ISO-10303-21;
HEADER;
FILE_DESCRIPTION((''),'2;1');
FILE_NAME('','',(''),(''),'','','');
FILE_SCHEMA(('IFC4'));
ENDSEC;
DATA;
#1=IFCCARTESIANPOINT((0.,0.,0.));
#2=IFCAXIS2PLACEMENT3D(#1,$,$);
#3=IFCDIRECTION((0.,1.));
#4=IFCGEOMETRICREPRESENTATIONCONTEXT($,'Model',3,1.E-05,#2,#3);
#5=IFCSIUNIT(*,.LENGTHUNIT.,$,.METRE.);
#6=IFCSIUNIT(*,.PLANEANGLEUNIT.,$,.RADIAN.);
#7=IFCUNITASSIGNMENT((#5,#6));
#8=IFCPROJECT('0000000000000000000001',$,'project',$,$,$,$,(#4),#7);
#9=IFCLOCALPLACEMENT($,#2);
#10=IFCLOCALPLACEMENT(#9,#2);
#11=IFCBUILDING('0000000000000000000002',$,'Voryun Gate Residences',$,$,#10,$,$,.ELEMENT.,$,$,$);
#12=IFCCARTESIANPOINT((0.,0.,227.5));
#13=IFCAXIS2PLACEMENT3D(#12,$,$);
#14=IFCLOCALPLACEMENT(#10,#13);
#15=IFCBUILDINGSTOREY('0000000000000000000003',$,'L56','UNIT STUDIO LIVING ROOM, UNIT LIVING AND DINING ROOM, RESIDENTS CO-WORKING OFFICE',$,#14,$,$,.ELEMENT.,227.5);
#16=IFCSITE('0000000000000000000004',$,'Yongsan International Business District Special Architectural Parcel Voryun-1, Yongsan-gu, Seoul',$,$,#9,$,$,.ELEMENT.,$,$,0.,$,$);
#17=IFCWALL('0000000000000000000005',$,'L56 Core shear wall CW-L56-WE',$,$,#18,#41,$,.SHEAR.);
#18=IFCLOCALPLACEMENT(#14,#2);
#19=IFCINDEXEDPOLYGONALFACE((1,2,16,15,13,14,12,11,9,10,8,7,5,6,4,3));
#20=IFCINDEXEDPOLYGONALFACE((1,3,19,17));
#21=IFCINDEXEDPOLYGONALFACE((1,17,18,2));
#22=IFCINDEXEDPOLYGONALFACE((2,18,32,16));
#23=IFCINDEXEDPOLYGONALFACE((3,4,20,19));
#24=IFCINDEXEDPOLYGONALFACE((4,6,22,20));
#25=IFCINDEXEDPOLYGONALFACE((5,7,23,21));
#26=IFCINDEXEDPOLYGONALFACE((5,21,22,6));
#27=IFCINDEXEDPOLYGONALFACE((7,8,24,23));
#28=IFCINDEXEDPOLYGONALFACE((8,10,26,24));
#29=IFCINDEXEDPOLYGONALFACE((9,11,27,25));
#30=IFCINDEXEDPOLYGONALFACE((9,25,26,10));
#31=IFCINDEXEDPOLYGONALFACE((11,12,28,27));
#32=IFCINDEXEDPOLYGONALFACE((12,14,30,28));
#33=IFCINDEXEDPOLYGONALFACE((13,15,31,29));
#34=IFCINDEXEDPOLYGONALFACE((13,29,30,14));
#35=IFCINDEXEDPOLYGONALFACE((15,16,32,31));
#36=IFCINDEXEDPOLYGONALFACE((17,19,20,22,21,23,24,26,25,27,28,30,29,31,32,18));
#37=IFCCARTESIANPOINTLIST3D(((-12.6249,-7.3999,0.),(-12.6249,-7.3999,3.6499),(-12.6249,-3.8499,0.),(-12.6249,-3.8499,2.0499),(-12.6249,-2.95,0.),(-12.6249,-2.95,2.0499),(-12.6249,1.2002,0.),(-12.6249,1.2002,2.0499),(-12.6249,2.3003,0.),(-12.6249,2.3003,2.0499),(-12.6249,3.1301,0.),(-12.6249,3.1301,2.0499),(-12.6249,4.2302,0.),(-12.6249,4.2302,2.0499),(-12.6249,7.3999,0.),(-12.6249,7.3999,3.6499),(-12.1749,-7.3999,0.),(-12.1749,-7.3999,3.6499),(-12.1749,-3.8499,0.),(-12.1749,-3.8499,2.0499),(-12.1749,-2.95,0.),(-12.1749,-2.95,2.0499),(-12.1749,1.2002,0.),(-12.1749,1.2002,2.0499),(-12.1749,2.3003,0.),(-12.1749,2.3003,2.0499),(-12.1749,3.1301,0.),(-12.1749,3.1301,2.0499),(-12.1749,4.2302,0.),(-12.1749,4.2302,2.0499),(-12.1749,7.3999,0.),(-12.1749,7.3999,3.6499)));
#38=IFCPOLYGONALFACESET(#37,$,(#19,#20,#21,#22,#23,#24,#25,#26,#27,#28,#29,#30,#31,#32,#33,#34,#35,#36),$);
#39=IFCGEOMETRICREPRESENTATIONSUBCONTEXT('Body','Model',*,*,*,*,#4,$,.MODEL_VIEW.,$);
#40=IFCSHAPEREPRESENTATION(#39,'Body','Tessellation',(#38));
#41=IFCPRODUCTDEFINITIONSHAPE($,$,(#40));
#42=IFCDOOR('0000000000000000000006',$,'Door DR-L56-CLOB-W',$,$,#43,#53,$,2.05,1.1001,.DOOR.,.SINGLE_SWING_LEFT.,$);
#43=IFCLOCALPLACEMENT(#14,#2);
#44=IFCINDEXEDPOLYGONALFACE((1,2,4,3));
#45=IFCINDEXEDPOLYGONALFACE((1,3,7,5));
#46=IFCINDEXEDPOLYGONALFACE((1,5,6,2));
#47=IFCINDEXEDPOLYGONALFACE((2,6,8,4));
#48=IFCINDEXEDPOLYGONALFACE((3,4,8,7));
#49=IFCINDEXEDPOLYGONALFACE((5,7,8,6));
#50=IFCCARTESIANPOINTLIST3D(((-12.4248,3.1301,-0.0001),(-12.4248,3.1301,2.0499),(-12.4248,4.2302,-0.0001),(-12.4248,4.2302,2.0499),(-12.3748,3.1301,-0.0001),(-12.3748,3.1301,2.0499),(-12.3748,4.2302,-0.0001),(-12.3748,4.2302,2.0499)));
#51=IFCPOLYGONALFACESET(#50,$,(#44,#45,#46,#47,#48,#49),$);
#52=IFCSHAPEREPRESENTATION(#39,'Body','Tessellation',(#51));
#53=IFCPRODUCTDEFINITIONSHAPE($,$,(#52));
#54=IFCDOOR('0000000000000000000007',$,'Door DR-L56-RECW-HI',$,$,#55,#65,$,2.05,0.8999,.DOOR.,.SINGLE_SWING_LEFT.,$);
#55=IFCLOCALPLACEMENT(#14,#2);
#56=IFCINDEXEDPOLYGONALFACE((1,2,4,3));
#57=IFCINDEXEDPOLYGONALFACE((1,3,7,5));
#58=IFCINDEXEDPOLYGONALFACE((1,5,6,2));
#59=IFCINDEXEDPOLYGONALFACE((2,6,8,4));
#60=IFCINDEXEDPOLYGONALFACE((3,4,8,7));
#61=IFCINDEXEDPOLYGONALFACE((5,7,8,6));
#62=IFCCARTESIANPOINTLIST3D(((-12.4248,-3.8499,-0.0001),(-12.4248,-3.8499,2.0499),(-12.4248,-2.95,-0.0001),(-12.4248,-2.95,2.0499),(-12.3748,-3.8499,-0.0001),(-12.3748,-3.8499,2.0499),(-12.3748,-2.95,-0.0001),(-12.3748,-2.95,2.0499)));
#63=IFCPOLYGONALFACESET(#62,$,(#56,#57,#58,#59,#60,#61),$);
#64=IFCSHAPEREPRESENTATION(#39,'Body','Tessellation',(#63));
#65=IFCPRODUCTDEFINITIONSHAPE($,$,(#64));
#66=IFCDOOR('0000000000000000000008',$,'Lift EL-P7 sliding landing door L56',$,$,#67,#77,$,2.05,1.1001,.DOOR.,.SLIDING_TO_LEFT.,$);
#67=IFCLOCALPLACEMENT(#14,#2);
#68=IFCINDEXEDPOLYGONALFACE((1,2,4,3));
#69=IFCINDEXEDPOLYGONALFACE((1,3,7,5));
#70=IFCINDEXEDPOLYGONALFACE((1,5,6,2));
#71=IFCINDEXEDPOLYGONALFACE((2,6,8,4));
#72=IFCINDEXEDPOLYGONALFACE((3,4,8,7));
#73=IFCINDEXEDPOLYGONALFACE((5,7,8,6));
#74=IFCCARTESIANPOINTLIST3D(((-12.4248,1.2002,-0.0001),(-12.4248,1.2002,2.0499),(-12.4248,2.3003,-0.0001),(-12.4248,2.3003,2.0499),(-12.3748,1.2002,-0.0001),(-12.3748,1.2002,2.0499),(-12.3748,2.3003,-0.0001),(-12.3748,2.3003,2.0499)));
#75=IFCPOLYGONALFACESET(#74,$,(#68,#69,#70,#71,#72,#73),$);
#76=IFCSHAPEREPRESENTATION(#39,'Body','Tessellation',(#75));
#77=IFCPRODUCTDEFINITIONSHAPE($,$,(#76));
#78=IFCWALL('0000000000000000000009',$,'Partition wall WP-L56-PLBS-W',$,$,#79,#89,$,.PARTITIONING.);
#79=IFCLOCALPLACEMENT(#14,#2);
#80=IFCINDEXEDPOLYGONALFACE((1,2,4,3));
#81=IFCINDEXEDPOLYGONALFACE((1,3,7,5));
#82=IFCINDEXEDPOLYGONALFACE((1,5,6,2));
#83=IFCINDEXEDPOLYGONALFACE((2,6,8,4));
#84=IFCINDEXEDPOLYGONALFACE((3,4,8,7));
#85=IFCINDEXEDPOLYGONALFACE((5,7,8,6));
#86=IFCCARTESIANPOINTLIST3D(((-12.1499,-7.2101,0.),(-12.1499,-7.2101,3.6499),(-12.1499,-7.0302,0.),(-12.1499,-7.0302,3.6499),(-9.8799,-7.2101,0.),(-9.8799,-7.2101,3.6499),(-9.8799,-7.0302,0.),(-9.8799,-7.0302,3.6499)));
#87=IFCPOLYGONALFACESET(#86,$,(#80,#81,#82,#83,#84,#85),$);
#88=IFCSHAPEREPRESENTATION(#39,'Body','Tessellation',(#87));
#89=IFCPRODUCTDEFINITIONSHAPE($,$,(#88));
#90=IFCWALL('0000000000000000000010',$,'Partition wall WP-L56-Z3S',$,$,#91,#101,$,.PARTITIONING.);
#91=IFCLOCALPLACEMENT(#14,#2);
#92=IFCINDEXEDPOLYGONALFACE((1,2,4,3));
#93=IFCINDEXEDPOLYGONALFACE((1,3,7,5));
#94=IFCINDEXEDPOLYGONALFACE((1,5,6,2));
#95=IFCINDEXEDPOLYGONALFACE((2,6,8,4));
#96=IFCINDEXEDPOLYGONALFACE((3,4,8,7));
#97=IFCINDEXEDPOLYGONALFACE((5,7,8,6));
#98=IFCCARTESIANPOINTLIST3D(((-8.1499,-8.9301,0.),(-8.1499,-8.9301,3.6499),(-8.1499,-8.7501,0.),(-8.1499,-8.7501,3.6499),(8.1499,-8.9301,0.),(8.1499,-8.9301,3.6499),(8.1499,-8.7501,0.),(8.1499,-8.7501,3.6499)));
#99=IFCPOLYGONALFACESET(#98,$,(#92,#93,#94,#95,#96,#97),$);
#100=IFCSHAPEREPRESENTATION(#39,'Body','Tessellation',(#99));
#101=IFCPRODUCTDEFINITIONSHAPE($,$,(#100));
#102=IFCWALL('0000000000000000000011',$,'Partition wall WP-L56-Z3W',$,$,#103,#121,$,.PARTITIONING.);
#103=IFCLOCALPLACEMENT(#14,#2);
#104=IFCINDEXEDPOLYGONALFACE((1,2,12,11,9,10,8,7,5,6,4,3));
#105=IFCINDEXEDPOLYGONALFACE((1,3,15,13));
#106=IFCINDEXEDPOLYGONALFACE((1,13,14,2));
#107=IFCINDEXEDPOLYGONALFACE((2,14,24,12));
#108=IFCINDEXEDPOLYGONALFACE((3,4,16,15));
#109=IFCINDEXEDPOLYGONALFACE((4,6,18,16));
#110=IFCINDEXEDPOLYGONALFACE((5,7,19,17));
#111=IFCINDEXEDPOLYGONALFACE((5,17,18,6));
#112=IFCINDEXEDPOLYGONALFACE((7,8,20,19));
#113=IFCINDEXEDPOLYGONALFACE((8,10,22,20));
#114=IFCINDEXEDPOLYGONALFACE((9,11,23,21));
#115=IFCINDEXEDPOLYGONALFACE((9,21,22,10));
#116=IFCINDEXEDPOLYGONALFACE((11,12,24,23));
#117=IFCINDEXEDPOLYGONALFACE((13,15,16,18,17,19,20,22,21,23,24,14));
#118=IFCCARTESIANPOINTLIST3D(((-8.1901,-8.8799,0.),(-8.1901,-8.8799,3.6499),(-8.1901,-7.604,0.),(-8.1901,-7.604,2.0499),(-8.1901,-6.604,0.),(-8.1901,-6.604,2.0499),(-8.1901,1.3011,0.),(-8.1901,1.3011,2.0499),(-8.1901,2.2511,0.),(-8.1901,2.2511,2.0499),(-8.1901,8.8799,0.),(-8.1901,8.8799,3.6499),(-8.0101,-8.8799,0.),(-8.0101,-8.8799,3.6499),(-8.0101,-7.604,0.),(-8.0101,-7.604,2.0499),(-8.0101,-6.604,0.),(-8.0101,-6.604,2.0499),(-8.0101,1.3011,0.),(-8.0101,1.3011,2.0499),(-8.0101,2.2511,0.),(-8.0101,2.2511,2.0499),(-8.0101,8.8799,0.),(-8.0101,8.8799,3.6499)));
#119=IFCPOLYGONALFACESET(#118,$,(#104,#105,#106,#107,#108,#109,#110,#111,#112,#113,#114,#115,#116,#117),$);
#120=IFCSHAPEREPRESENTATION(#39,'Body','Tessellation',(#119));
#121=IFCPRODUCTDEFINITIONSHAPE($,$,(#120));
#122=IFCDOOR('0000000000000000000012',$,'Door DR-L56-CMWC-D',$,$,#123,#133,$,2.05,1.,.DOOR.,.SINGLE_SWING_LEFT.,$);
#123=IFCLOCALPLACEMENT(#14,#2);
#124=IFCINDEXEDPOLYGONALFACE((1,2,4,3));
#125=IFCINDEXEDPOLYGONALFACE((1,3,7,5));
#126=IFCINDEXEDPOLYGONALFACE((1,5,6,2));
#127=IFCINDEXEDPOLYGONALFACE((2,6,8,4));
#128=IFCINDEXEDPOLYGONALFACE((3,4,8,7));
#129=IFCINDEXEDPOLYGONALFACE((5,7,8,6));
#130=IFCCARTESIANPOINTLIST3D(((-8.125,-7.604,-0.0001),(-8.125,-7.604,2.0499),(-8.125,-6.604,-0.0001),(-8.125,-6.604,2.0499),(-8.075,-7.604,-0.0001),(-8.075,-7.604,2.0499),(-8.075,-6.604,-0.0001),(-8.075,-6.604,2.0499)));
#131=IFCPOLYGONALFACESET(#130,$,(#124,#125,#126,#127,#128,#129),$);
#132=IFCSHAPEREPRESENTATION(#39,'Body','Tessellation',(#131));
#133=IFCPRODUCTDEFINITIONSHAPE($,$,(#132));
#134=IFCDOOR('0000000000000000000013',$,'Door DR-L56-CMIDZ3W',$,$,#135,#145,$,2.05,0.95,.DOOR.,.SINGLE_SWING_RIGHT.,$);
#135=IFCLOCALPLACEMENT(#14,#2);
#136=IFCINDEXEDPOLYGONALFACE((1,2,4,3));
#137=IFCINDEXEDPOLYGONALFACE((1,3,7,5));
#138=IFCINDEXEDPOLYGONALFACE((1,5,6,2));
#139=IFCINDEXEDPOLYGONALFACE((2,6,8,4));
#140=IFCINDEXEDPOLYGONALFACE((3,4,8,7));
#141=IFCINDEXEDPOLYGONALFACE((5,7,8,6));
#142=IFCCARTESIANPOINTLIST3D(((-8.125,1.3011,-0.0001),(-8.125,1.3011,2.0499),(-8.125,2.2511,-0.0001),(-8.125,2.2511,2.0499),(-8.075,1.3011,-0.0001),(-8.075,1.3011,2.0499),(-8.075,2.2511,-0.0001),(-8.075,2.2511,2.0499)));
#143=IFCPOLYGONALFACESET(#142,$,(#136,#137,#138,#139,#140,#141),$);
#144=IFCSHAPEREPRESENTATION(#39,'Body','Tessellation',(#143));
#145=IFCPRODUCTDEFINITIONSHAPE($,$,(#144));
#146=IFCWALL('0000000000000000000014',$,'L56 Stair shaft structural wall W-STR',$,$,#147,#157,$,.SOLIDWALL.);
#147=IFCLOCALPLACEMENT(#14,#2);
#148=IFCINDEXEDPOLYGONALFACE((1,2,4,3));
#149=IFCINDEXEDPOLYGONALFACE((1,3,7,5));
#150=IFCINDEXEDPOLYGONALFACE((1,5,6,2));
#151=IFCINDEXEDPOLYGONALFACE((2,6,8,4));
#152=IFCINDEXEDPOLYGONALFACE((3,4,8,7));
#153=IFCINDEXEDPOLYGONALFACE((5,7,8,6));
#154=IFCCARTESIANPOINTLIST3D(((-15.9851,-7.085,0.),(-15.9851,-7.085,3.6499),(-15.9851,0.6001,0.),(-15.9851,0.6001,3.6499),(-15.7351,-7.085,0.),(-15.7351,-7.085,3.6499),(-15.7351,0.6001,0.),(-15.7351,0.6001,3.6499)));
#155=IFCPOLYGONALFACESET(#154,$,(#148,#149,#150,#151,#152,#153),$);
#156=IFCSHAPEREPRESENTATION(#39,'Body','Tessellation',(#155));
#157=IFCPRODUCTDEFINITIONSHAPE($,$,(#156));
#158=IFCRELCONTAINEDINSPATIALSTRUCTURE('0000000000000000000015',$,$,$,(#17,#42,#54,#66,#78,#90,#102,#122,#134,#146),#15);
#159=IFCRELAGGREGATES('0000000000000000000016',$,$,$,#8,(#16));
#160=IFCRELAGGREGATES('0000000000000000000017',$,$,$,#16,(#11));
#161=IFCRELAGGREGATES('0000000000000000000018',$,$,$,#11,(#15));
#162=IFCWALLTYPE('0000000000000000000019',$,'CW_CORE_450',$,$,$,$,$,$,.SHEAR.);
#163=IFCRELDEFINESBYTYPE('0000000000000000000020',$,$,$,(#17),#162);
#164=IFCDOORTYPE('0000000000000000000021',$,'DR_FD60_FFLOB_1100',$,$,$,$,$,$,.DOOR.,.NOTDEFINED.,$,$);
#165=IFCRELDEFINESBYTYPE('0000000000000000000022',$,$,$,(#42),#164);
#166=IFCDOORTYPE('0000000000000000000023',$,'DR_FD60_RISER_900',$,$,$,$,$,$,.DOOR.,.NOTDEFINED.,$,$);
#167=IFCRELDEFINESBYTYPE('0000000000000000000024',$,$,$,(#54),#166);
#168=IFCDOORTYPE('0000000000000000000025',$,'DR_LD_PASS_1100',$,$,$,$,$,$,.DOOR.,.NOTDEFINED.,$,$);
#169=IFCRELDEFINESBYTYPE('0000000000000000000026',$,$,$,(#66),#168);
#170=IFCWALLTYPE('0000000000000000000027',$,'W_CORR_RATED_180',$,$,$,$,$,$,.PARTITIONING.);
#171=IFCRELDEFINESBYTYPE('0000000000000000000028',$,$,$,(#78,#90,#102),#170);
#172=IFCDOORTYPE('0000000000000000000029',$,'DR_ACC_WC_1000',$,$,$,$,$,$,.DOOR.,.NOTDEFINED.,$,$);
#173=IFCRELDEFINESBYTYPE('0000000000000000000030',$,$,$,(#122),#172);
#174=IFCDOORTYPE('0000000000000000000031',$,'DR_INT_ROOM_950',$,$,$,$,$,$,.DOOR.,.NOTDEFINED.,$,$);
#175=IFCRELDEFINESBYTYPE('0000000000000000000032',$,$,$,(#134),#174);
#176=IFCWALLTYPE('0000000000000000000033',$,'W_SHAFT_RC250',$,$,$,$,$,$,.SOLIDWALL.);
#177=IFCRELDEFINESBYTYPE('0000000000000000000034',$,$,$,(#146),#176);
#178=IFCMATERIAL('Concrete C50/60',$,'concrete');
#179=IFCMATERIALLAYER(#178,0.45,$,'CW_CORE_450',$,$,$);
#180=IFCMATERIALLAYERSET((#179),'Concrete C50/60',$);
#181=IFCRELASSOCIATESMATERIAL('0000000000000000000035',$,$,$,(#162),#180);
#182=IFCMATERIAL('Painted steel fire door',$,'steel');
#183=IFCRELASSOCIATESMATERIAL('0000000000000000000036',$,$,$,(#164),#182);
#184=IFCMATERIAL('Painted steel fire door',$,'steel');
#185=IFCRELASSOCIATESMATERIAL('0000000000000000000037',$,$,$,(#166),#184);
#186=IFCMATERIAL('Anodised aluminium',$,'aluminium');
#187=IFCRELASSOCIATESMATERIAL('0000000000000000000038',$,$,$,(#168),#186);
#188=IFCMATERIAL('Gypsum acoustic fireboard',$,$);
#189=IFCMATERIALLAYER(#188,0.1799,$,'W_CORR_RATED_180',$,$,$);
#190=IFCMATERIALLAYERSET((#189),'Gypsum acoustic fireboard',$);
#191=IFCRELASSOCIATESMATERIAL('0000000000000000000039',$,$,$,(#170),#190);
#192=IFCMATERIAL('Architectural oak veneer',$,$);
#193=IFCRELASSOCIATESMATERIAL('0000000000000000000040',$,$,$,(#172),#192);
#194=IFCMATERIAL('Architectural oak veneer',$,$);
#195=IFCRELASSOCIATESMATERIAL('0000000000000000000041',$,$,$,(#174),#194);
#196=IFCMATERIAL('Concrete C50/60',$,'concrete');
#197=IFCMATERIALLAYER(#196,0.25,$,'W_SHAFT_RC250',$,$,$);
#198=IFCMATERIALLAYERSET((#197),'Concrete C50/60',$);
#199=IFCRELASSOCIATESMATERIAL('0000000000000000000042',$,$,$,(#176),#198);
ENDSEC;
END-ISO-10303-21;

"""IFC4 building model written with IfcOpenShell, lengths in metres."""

from ifc_helpers import new_model, si_unit, direction, frame, frame_2d, origin, place, context, subcontext, project, spatial, rectangle, extrude, material, layer, layer_set, type_object, element, fill, save


model = new_model("IFC4")

# Units and contexts
model_context = context("Model", 3, precision=1e-05, world=origin(), true_north=direction((0.0, 1.0)))
body_context = subcontext(model_context, "Body", "Model", "MODEL_VIEW")
ifc_project = project(units=[si_unit("LENGTHUNIT", "METRE"), si_unit("PLANEANGLEUNIT", "RADIAN")], contexts=[model_context])

# Site, building, storey
site_placement = place(None, origin())
site = spatial("IfcSite", under=ifc_project, at=site_placement, Name="Yongsan International Business District Special Architectural Parcel Voryun-1, Yongsan-gu, Seoul", CompositionType="ELEMENT", RefElevation=0.0)
building_placement = place(site_placement, origin())
building = spatial("IfcBuilding", under=site, at=building_placement, Name="Voryun Gate Residences", CompositionType="ELEMENT")
storey_placement = place(building_placement, frame((0.0, 0.0, 227.5)))
storey = spatial("IfcBuildingStorey", under=building, at=storey_placement, Name="L56", Description="UNIT STUDIO LIVING ROOM, UNIT LIVING AND DINING ROOM, RESIDENTS CO-WORKING OFFICE", CompositionType="ELEMENT", Elevation=227.5)

# Wall, openings, doors
ifc_material_1 = material(Name="Concrete C50/60", Category="concrete")
ifc_layer_1 = layer(ifc_material_1, 0.45, Name="CW_CORE_450")
ifc_layer_set_1 = layer_set([ifc_layer_1], Name="Concrete C50/60")
wall_type_1 = type_object("IfcWallType", Name="CW_CORE_450", PredefinedType="SHEAR", material=ifc_layer_set_1)
wall_1_placement = place(storey_placement, frame((-12.3999, -7.3999, 0.0), z_axis=(0.0, 0.0, 1.0), x_axis=(0.0, 1.0, 0.0)))
wall_1 = element("IfcWall", 1, at=wall_1_placement, inside=storey, type_object=wall_type_1, Name="L56 Core shear wall CW-L56-WE", PredefinedType="SHEAR", context=body_context, shape_type="SweptSolid", body=[
    extrude(rectangle(XDim=14.7998, YDim=0.45, at=frame_2d((7.3999, 0.0))), origin(), (0.0, 0.0, 1.0), 3.6499),
])
opening_1_placement = place(wall_1_placement, frame((8.6001, 0.0, 0.0)))
opening_1 = element("IfcOpeningElement", 2, at=opening_1_placement, cuts=wall_1, PredefinedType="OPENING", context=body_context, shape_type="SweptSolid", body=[
    extrude(rectangle(XDim=1.1001, YDim=2.05, at=frame_2d((0.55, 1.0249))), frame((0.0, 0.2351, 0.0), z_axis=(0.0, -1.0, 0.0), x_axis=(1.0, 0.0, 0.0)), (0.0, 0.0, 1.0), 0.47),
])
opening_2_placement = place(wall_1_placement, frame((10.53, 0.0, 0.0)))
opening_2 = element("IfcOpeningElement", 3, at=opening_2_placement, cuts=wall_1, PredefinedType="OPENING", context=body_context, shape_type="SweptSolid", body=[
    extrude(rectangle(XDim=1.1001, YDim=2.05, at=frame_2d((0.55, 1.0249))), frame((0.0, 0.2351, 0.0), z_axis=(0.0, -1.0, 0.0), x_axis=(1.0, 0.0, 0.0)), (0.0, 0.0, 1.0), 0.47),
])
opening_3_placement = place(wall_1_placement, frame((3.55, 0.0, 0.0)))
opening_3 = element("IfcOpeningElement", 4, at=opening_3_placement, cuts=wall_1, PredefinedType="OPENING", context=body_context, shape_type="SweptSolid", body=[
    extrude(rectangle(XDim=0.8999, YDim=2.05, at=frame_2d((0.45, 1.0249))), frame((0.0, 0.2351, 0.0), z_axis=(0.0, -1.0, 0.0), x_axis=(1.0, 0.0, 0.0)), (0.0, 0.0, 1.0), 0.47),
])
ifc_material_2 = material(Name="Painted steel fire door", Category="steel")
door_type_1 = type_object("IfcDoorType", Name="DR_FD60_FFLOB_1100", OperationType="NOTDEFINED", PredefinedType="DOOR", material=ifc_material_2)
door_1_placement = place(opening_2_placement, origin())
door_1 = element("IfcDoor", 5, at=door_1_placement, inside=storey, type_object=door_type_1, Name="Door DR-L56-CLOB-W", OperationType="SINGLE_SWING_LEFT", OverallHeight=2.05, OverallWidth=1.1001, PredefinedType="DOOR", context=body_context, shape_type="SweptSolid", body=[
    extrude(rectangle(XDim=1.1001, YDim=2.05, at=frame_2d((0.55, 1.0249))), frame((0.0, 0.0249, 0.0), z_axis=(0.0, -1.0, 0.0), x_axis=(1.0, 0.0, 0.0)), (0.0, 0.0, 1.0), 0.05),
])
fill(opening_2, door_1)
ifc_material_3 = material(Name="Painted steel fire door", Category="steel")
door_type_2 = type_object("IfcDoorType", Name="DR_FD60_RISER_900", OperationType="NOTDEFINED", PredefinedType="DOOR", material=ifc_material_3)
door_2_placement = place(opening_3_placement, origin())
door_2 = element("IfcDoor", 6, at=door_2_placement, inside=storey, type_object=door_type_2, Name="Door DR-L56-RECW-HI", OperationType="SINGLE_SWING_LEFT", OverallHeight=2.05, OverallWidth=0.8999, PredefinedType="DOOR", context=body_context, shape_type="SweptSolid", body=[
    extrude(rectangle(XDim=0.8999, YDim=2.05, at=frame_2d((0.45, 1.0249))), frame((0.0, 0.0249, 0.0), z_axis=(0.0, -1.0, 0.0), x_axis=(1.0, 0.0, 0.0)), (0.0, 0.0, 1.0), 0.05),
])
fill(opening_3, door_2)
ifc_material_4 = material(Name="Anodised aluminium", Category="aluminium")
door_type_3 = type_object("IfcDoorType", Name="DR_LD_PASS_1100", OperationType="NOTDEFINED", PredefinedType="DOOR", material=ifc_material_4)
door_3_placement = place(opening_1_placement, origin())
door_3 = element("IfcDoor", 7, at=door_3_placement, inside=storey, type_object=door_type_3, Name="Lift EL-P7 sliding landing door L56", OperationType="SLIDING_TO_LEFT", OverallHeight=2.05, OverallWidth=1.1001, PredefinedType="DOOR", context=body_context, shape_type="SweptSolid", body=[
    extrude(rectangle(XDim=1.1001, YDim=2.05, at=frame_2d((0.55, 1.0249))), frame((0.0, 0.0249, 0.0), z_axis=(0.0, -1.0, 0.0), x_axis=(1.0, 0.0, 0.0)), (0.0, 0.0, 1.0), 0.05),
])
fill(opening_1, door_3)

# Walls
ifc_material_5 = material(Name="Gypsum acoustic fireboard")
ifc_layer_2 = layer(ifc_material_5, 0.1799, Name="W_CORR_RATED_180")
ifc_layer_set_2 = layer_set([ifc_layer_2], Name="Gypsum acoustic fireboard")
wall_type_2 = type_object("IfcWallType", Name="W_CORR_RATED_180", PredefinedType="PARTITIONING", material=ifc_layer_set_2)
wall_2_placement = place(storey_placement, frame((-12.1499, -7.1201, 0.0), z_axis=(0.0, 0.0, 1.0), x_axis=(1.0, 0.0, 0.0)))
element("IfcWall", 8, at=wall_2_placement, inside=storey, type_object=wall_type_2, Name="Partition wall WP-L56-PLBS-W", PredefinedType="PARTITIONING", context=body_context, shape_type="SweptSolid", body=[
    extrude(rectangle(XDim=2.27, YDim=0.1799, at=frame_2d((1.135, 0.0))), origin(), (0.0, 0.0, 1.0), 3.6499),
])
wall_3_placement = place(storey_placement, frame((-8.1499, -8.8401, 0.0), z_axis=(0.0, 0.0, 1.0), x_axis=(1.0, 0.0, 0.0)))
element("IfcWall", 9, at=wall_3_placement, inside=storey, type_object=wall_type_2, Name="Partition wall WP-L56-Z3S", PredefinedType="PARTITIONING", context=body_context, shape_type="SweptSolid", body=[
    extrude(rectangle(XDim=16.2998, YDim=0.1799, at=frame_2d((8.1499, 0.0))), origin(), (0.0, 0.0, 1.0), 3.6499),
])

# Wall, openings, doors
wall_4_placement = place(storey_placement, frame((-8.1001, -8.8799, 0.0), z_axis=(0.0, 0.0, 1.0), x_axis=(0.0, 1.0, 0.0)))
wall_4 = element("IfcWall", 10, at=wall_4_placement, inside=storey, type_object=wall_type_2, Name="Partition wall WP-L56-Z3W", PredefinedType="PARTITIONING", context=body_context, shape_type="SweptSolid", body=[
    extrude(rectangle(XDim=17.7598, YDim=0.1799, at=frame_2d((8.8799, 0.0))), origin(), (0.0, 0.0, 1.0), 3.6499),
])
opening_4_placement = place(wall_4_placement, frame((1.2759, 0.0, 0.0)))
opening_4 = element("IfcOpeningElement", 11, at=opening_4_placement, cuts=wall_4, PredefinedType="OPENING", context=body_context, shape_type="SweptSolid", body=[
    extrude(rectangle(XDim=1.0, YDim=2.05, at=frame_2d((0.5, 1.0249))), frame((0.0, 0.0999, 0.0), z_axis=(0.0, -1.0, 0.0), x_axis=(1.0, 0.0, 0.0)), (0.0, 0.0, 1.0), 0.2),
])
opening_5_placement = place(wall_4_placement, frame((10.1809, 0.0, 0.0)))
opening_5 = element("IfcOpeningElement", 12, at=opening_5_placement, cuts=wall_4, PredefinedType="OPENING", context=body_context, shape_type="SweptSolid", body=[
    extrude(rectangle(XDim=0.95, YDim=2.05, at=frame_2d((0.4751, 1.0249))), frame((0.0, 0.0999, 0.0), z_axis=(0.0, -1.0, 0.0), x_axis=(1.0, 0.0, 0.0)), (0.0, 0.0, 1.0), 0.2),
])
ifc_material_6 = material(Name="Architectural oak veneer")
door_type_4 = type_object("IfcDoorType", Name="DR_ACC_WC_1000", OperationType="NOTDEFINED", PredefinedType="DOOR", material=ifc_material_6)
door_4_placement = place(opening_4_placement, origin())
door_4 = element("IfcDoor", 13, at=door_4_placement, inside=storey, type_object=door_type_4, Name="Door DR-L56-CMWC-D", OperationType="SINGLE_SWING_LEFT", OverallHeight=2.05, OverallWidth=1.0, PredefinedType="DOOR", context=body_context, shape_type="SweptSolid", body=[
    extrude(rectangle(XDim=1.0, YDim=2.05, at=frame_2d((0.5, 1.0249))), frame((0.0, 0.0249, 0.0), z_axis=(0.0, -1.0, 0.0), x_axis=(1.0, 0.0, 0.0)), (0.0, 0.0, 1.0), 0.05),
])
fill(opening_4, door_4)
ifc_material_7 = material(Name="Architectural oak veneer")
door_type_5 = type_object("IfcDoorType", Name="DR_INT_ROOM_950", OperationType="NOTDEFINED", PredefinedType="DOOR", material=ifc_material_7)
door_5_placement = place(opening_5_placement, origin())
door_5 = element("IfcDoor", 14, at=door_5_placement, inside=storey, type_object=door_type_5, Name="Door DR-L56-CMIDZ3W", OperationType="SINGLE_SWING_RIGHT", OverallHeight=2.05, OverallWidth=0.95, PredefinedType="DOOR", context=body_context, shape_type="SweptSolid", body=[
    extrude(rectangle(XDim=0.95, YDim=2.05, at=frame_2d((0.4751, 1.0249))), frame((0.0, 0.0249, 0.0), z_axis=(0.0, -1.0, 0.0), x_axis=(1.0, 0.0, 0.0)), (0.0, 0.0, 1.0), 0.05),
])
fill(opening_5, door_5)

# Wall
ifc_material_8 = material(Name="Concrete C50/60", Category="concrete")
ifc_layer_3 = layer(ifc_material_8, 0.25, Name="W_SHAFT_RC250")
ifc_layer_set_3 = layer_set([ifc_layer_3], Name="Concrete C50/60")
wall_type_3 = type_object("IfcWallType", Name="W_SHAFT_RC250", PredefinedType="SOLIDWALL", material=ifc_layer_set_3)
wall_5_placement = place(storey_placement, frame((-15.8601, -7.085, 0.0), z_axis=(0.0, 0.0, 1.0), x_axis=(0.0, 1.0, 0.0)))
element("IfcWall", 15, at=wall_5_placement, inside=storey, type_object=wall_type_3, Name="L56 Stair shaft structural wall W-STR", PredefinedType="SOLIDWALL", context=body_context, shape_type="SweptSolid", body=[
    extrude(rectangle(XDim=7.6851, YDim=0.25, at=frame_2d((3.8425, 0.0))), origin(), (0.0, 0.0, 1.0), 3.6499),
])

save(model, "model.ifc")
